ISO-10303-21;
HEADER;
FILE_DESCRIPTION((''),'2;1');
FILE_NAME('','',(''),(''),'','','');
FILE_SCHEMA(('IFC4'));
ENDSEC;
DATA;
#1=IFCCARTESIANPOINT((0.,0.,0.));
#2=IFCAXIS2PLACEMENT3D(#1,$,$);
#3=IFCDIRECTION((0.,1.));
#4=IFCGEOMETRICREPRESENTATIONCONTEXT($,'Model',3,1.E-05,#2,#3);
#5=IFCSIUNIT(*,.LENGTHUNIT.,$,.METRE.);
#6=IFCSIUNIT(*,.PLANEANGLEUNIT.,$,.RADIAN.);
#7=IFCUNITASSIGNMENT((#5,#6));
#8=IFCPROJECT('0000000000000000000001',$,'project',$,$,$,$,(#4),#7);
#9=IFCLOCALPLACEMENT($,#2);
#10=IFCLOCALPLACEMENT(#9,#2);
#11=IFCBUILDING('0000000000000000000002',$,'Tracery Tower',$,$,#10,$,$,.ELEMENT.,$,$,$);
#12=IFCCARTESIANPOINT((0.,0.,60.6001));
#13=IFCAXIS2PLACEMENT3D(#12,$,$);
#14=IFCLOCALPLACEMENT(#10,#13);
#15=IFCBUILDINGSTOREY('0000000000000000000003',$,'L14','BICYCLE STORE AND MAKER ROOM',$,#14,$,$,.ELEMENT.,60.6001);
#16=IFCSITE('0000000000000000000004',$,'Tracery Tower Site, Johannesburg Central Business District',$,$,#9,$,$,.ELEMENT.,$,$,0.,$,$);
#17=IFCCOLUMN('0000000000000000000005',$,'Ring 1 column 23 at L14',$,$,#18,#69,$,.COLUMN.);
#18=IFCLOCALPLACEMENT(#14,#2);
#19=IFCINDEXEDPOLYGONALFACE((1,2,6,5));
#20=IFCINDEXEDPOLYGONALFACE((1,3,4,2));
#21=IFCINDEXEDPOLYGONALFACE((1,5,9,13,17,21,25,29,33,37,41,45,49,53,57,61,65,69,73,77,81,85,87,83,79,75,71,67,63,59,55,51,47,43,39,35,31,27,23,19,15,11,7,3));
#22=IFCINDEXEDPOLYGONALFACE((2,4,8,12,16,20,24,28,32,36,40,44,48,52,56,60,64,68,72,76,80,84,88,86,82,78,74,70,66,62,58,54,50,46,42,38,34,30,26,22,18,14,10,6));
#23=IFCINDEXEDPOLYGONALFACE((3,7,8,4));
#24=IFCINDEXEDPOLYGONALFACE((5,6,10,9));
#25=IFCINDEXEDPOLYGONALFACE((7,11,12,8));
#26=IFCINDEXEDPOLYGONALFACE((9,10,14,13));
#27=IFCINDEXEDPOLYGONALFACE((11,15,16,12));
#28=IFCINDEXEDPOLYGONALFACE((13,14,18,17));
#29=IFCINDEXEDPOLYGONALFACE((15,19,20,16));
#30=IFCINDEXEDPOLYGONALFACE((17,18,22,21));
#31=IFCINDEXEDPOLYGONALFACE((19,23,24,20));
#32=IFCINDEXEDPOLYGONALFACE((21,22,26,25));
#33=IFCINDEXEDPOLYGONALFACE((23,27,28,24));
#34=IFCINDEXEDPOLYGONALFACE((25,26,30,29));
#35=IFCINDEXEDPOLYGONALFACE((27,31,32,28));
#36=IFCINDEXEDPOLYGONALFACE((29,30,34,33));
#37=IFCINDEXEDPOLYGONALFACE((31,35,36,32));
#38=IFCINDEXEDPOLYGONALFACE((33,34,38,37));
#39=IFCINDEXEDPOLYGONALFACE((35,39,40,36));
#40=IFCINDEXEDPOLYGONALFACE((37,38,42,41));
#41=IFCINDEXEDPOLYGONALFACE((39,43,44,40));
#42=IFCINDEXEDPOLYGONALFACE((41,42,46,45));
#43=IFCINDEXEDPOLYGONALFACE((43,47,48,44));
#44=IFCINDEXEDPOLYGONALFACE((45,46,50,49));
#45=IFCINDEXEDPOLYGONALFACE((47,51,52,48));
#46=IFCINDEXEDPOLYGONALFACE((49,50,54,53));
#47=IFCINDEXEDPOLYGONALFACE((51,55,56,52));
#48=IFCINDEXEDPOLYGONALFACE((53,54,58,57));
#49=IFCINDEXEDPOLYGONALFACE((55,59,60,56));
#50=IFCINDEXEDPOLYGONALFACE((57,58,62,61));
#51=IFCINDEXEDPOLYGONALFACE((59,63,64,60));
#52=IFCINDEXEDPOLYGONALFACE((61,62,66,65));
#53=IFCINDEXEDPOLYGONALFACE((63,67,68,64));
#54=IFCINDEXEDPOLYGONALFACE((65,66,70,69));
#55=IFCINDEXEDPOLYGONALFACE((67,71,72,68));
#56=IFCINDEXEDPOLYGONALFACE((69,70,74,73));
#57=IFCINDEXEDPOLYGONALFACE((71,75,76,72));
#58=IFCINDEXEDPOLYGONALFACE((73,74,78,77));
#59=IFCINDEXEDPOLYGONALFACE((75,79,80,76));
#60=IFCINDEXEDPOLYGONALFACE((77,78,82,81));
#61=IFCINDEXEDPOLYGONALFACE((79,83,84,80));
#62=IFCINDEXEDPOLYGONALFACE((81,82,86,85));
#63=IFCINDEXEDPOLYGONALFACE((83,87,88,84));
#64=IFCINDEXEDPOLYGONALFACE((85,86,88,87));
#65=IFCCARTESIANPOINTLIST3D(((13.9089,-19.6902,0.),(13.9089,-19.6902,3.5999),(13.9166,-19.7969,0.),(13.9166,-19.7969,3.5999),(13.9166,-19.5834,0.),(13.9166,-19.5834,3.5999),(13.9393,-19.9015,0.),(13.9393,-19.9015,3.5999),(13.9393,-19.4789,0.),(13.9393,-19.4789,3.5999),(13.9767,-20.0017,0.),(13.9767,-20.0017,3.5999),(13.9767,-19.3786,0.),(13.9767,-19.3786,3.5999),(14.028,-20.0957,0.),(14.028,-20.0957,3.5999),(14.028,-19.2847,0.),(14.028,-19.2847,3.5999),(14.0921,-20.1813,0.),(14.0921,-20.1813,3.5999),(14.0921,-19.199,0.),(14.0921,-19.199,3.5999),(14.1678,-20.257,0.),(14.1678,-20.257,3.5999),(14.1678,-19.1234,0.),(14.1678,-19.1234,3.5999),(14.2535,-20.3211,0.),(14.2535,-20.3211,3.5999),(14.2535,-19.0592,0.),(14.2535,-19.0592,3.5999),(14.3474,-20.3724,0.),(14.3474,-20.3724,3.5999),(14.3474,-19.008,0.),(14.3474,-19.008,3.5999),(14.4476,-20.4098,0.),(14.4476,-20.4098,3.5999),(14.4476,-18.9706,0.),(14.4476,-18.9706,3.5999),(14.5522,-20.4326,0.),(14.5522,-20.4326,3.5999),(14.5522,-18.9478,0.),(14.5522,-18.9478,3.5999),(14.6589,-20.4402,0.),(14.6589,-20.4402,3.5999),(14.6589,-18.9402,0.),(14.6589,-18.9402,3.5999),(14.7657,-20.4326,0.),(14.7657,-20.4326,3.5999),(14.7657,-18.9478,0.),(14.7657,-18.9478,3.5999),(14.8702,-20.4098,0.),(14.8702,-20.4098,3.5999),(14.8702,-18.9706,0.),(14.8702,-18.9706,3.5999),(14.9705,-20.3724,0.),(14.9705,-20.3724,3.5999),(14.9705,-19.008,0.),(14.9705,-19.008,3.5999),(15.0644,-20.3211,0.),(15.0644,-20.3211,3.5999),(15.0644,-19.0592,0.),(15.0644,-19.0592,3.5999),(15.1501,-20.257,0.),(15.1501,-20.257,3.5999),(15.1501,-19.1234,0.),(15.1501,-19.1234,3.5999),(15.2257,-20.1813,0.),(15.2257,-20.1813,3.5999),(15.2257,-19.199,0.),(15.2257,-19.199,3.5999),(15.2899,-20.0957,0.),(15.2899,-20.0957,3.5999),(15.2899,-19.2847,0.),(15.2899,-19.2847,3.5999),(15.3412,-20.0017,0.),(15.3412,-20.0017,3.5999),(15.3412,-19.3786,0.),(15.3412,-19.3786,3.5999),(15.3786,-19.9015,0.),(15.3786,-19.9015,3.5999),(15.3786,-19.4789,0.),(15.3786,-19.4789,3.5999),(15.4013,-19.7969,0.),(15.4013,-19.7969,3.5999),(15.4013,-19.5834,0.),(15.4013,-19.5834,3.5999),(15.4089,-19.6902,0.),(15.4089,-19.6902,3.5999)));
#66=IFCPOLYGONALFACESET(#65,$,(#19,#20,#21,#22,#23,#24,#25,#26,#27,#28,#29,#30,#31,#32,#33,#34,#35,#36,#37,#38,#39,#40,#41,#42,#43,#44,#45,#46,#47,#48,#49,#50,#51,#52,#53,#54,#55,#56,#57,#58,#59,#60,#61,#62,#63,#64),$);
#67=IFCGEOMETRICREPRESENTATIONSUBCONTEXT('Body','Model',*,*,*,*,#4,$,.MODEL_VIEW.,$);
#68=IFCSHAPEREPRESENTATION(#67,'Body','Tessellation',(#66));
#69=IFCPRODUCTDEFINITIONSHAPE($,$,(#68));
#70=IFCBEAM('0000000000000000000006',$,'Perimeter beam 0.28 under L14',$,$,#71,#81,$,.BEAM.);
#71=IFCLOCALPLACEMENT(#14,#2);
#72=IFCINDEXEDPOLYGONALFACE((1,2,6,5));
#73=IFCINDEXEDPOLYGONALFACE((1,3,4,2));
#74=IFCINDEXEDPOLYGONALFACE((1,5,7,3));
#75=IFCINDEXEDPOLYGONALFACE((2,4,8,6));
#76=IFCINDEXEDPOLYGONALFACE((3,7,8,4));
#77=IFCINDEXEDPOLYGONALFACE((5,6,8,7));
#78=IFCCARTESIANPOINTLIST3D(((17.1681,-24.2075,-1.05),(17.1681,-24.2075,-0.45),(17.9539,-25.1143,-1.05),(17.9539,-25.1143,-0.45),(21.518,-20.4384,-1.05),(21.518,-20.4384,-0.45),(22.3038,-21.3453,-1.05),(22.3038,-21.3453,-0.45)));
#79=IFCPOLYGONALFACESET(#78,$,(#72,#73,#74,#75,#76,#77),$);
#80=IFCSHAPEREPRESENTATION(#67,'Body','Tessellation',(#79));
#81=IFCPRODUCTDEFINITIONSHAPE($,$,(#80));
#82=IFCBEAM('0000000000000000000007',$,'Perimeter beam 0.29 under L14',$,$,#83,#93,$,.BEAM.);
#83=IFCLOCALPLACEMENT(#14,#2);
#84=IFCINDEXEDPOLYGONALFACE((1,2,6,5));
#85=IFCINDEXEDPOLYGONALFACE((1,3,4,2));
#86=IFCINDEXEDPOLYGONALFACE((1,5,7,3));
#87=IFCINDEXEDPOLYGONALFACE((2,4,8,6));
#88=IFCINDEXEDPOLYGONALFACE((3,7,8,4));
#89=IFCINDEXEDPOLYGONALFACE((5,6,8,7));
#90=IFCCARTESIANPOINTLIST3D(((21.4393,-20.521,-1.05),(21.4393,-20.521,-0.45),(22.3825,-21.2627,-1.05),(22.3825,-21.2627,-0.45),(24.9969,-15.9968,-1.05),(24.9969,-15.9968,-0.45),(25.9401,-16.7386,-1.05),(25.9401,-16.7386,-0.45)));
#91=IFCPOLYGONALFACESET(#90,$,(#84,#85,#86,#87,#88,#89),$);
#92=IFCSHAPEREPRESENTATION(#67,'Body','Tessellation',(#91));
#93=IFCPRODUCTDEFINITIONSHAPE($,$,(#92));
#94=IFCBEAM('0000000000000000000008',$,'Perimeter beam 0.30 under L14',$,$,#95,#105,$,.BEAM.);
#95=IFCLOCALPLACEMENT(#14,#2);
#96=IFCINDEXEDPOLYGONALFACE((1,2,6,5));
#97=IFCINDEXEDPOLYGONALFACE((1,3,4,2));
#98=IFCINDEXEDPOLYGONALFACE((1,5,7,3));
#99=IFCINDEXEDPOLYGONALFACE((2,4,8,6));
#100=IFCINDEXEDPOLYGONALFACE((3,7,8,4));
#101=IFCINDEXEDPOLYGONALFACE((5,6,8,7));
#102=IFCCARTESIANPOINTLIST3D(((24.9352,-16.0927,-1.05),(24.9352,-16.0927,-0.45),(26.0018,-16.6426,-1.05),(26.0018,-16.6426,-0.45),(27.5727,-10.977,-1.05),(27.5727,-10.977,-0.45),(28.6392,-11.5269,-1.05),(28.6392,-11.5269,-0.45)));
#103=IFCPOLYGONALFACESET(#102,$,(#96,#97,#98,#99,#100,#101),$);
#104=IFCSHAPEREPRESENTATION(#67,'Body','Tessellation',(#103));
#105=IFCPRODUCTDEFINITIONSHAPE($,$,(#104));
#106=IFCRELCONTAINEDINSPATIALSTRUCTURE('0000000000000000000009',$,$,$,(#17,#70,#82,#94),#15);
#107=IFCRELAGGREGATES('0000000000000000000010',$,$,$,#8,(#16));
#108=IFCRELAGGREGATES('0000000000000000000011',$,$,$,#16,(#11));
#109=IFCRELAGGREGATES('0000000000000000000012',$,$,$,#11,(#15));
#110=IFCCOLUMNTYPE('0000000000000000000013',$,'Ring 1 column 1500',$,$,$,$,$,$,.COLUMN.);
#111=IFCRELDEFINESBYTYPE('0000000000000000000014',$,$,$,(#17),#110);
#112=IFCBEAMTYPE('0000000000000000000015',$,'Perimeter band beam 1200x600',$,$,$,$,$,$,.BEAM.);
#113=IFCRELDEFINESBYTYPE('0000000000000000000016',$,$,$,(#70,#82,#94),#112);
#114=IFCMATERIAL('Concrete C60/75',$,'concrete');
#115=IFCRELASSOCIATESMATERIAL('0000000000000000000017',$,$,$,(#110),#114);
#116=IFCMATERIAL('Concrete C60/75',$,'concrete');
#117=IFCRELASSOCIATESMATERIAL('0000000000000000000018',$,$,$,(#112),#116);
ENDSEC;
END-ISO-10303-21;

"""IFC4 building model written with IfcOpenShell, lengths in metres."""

from ifc_helpers import new_model, si_unit, direction, frame, origin, origin_2d, place, context, subcontext, project, spatial, rectangle, circle, extrude, material, material_profile, profile_set, type_object, element, save


model = new_model("IFC4")

# Units and contexts
model_context = context("Model", 3, precision=1e-05, world=origin(), true_north=direction((0.0, 1.0)))
body_context = subcontext(model_context, "Body", "Model", "MODEL_VIEW")
ifc_project = project(units=[si_unit("LENGTHUNIT", "METRE"), si_unit("PLANEANGLEUNIT", "RADIAN")], contexts=[model_context])

# Site, building, storey
site_placement = place(None, origin())
site = spatial("IfcSite", under=ifc_project, at=site_placement, Name="Tracery Tower Site, Johannesburg Central Business District", CompositionType="ELEMENT", RefElevation=0.0)
building_placement = place(site_placement, origin())
building = spatial("IfcBuilding", under=site, at=building_placement, Name="Tracery Tower", CompositionType="ELEMENT")
storey_placement = place(building_placement, frame((0.0, 0.0, 60.6001)))
storey = spatial("IfcBuildingStorey", under=building, at=storey_placement, Name="L14", Description="BICYCLE STORE AND MAKER ROOM", CompositionType="ELEMENT", Elevation=60.6001)

# Column
ifc_material_1 = material(Name="Concrete C60/75", Category="concrete")
ifc_material_profile_1 = material_profile(ifc_material_1, circle(Radius=0.75, at=origin_2d()), Name="RC D1500")
ifc_profile_set_1 = profile_set([ifc_material_profile_1], Name="Concrete C60/75")
column_type_1 = type_object("IfcColumnType", Name="Ring 1 column 1500", PredefinedType="COLUMN", material=ifc_profile_set_1)
column_placement = place(storey_placement, frame((14.6589, -19.6902, 0.0), z_axis=(0.0, 0.0, 1.0), x_axis=(1.0, 0.0, 0.0)))
element("IfcColumn", 1, at=column_placement, inside=storey, type_object=column_type_1, Name="Ring 1 column 23 at L14", PredefinedType="COLUMN", context=body_context, shape_type="SweptSolid", body=[
    extrude(circle(Radius=0.75, at=origin_2d()), origin(), (0.0, 0.0, 1.0), 3.5999),
])

# Beams
ifc_material_2 = material(Name="Concrete C60/75", Category="concrete")
ifc_material_profile_2 = material_profile(ifc_material_2, rectangle(XDim=1.2, YDim=0.6001, at=origin_2d()), Name="RC 1200x600")
ifc_profile_set_2 = profile_set([ifc_material_profile_2], Name="Concrete C60/75")
beam_type = type_object("IfcBeamType", Name="Perimeter band beam 1200x600", PredefinedType="BEAM", material=ifc_profile_set_2)
beam_1_placement = place(storey_placement, frame((17.561, -24.6609, -0.75), z_axis=(0.75576, 0.654848, 0.0), x_axis=(-0.654848, 0.75576, 0.0)))
element("IfcBeam", 2, at=beam_1_placement, inside=storey, type_object=beam_type, Name="Perimeter beam 0.28 under L14", PredefinedType="BEAM", context=body_context, shape_type="SweptSolid", body=[
    extrude(rectangle(XDim=1.2, YDim=0.6001, at=origin_2d()), origin(), (0.0, 0.0, 1.0), 5.7556),
])
beam_2_placement = place(storey_placement, frame((21.9109, -20.8918, -0.75), z_axis=(0.618134, 0.786072, 0.0), x_axis=(-0.786072, 0.618134, 0.0)))
element("IfcBeam", 3, at=beam_2_placement, inside=storey, type_object=beam_type, Name="Perimeter beam 0.29 under L14", PredefinedType="BEAM", context=body_context, shape_type="SweptSolid", body=[
    extrude(rectangle(XDim=1.2, YDim=0.6001, at=origin_2d()), origin(), (0.0, 0.0, 1.0), 5.7554),
])
beam_3_placement = place(storey_placement, frame((25.4685, -16.3677, -0.75), z_axis=(0.458242, 0.888827, 0.0), x_axis=(-0.888827, 0.458242, 0.0)))
element("IfcBeam", 4, at=beam_3_placement, inside=storey, type_object=beam_type, Name="Perimeter beam 0.30 under L14", PredefinedType="BEAM", context=body_context, shape_type="SweptSolid", body=[
    extrude(rectangle(XDim=1.2, YDim=0.6001, at=origin_2d()), origin(), (0.0, 0.0, 1.0), 5.7556),
])

save(model, "model.ifc")
